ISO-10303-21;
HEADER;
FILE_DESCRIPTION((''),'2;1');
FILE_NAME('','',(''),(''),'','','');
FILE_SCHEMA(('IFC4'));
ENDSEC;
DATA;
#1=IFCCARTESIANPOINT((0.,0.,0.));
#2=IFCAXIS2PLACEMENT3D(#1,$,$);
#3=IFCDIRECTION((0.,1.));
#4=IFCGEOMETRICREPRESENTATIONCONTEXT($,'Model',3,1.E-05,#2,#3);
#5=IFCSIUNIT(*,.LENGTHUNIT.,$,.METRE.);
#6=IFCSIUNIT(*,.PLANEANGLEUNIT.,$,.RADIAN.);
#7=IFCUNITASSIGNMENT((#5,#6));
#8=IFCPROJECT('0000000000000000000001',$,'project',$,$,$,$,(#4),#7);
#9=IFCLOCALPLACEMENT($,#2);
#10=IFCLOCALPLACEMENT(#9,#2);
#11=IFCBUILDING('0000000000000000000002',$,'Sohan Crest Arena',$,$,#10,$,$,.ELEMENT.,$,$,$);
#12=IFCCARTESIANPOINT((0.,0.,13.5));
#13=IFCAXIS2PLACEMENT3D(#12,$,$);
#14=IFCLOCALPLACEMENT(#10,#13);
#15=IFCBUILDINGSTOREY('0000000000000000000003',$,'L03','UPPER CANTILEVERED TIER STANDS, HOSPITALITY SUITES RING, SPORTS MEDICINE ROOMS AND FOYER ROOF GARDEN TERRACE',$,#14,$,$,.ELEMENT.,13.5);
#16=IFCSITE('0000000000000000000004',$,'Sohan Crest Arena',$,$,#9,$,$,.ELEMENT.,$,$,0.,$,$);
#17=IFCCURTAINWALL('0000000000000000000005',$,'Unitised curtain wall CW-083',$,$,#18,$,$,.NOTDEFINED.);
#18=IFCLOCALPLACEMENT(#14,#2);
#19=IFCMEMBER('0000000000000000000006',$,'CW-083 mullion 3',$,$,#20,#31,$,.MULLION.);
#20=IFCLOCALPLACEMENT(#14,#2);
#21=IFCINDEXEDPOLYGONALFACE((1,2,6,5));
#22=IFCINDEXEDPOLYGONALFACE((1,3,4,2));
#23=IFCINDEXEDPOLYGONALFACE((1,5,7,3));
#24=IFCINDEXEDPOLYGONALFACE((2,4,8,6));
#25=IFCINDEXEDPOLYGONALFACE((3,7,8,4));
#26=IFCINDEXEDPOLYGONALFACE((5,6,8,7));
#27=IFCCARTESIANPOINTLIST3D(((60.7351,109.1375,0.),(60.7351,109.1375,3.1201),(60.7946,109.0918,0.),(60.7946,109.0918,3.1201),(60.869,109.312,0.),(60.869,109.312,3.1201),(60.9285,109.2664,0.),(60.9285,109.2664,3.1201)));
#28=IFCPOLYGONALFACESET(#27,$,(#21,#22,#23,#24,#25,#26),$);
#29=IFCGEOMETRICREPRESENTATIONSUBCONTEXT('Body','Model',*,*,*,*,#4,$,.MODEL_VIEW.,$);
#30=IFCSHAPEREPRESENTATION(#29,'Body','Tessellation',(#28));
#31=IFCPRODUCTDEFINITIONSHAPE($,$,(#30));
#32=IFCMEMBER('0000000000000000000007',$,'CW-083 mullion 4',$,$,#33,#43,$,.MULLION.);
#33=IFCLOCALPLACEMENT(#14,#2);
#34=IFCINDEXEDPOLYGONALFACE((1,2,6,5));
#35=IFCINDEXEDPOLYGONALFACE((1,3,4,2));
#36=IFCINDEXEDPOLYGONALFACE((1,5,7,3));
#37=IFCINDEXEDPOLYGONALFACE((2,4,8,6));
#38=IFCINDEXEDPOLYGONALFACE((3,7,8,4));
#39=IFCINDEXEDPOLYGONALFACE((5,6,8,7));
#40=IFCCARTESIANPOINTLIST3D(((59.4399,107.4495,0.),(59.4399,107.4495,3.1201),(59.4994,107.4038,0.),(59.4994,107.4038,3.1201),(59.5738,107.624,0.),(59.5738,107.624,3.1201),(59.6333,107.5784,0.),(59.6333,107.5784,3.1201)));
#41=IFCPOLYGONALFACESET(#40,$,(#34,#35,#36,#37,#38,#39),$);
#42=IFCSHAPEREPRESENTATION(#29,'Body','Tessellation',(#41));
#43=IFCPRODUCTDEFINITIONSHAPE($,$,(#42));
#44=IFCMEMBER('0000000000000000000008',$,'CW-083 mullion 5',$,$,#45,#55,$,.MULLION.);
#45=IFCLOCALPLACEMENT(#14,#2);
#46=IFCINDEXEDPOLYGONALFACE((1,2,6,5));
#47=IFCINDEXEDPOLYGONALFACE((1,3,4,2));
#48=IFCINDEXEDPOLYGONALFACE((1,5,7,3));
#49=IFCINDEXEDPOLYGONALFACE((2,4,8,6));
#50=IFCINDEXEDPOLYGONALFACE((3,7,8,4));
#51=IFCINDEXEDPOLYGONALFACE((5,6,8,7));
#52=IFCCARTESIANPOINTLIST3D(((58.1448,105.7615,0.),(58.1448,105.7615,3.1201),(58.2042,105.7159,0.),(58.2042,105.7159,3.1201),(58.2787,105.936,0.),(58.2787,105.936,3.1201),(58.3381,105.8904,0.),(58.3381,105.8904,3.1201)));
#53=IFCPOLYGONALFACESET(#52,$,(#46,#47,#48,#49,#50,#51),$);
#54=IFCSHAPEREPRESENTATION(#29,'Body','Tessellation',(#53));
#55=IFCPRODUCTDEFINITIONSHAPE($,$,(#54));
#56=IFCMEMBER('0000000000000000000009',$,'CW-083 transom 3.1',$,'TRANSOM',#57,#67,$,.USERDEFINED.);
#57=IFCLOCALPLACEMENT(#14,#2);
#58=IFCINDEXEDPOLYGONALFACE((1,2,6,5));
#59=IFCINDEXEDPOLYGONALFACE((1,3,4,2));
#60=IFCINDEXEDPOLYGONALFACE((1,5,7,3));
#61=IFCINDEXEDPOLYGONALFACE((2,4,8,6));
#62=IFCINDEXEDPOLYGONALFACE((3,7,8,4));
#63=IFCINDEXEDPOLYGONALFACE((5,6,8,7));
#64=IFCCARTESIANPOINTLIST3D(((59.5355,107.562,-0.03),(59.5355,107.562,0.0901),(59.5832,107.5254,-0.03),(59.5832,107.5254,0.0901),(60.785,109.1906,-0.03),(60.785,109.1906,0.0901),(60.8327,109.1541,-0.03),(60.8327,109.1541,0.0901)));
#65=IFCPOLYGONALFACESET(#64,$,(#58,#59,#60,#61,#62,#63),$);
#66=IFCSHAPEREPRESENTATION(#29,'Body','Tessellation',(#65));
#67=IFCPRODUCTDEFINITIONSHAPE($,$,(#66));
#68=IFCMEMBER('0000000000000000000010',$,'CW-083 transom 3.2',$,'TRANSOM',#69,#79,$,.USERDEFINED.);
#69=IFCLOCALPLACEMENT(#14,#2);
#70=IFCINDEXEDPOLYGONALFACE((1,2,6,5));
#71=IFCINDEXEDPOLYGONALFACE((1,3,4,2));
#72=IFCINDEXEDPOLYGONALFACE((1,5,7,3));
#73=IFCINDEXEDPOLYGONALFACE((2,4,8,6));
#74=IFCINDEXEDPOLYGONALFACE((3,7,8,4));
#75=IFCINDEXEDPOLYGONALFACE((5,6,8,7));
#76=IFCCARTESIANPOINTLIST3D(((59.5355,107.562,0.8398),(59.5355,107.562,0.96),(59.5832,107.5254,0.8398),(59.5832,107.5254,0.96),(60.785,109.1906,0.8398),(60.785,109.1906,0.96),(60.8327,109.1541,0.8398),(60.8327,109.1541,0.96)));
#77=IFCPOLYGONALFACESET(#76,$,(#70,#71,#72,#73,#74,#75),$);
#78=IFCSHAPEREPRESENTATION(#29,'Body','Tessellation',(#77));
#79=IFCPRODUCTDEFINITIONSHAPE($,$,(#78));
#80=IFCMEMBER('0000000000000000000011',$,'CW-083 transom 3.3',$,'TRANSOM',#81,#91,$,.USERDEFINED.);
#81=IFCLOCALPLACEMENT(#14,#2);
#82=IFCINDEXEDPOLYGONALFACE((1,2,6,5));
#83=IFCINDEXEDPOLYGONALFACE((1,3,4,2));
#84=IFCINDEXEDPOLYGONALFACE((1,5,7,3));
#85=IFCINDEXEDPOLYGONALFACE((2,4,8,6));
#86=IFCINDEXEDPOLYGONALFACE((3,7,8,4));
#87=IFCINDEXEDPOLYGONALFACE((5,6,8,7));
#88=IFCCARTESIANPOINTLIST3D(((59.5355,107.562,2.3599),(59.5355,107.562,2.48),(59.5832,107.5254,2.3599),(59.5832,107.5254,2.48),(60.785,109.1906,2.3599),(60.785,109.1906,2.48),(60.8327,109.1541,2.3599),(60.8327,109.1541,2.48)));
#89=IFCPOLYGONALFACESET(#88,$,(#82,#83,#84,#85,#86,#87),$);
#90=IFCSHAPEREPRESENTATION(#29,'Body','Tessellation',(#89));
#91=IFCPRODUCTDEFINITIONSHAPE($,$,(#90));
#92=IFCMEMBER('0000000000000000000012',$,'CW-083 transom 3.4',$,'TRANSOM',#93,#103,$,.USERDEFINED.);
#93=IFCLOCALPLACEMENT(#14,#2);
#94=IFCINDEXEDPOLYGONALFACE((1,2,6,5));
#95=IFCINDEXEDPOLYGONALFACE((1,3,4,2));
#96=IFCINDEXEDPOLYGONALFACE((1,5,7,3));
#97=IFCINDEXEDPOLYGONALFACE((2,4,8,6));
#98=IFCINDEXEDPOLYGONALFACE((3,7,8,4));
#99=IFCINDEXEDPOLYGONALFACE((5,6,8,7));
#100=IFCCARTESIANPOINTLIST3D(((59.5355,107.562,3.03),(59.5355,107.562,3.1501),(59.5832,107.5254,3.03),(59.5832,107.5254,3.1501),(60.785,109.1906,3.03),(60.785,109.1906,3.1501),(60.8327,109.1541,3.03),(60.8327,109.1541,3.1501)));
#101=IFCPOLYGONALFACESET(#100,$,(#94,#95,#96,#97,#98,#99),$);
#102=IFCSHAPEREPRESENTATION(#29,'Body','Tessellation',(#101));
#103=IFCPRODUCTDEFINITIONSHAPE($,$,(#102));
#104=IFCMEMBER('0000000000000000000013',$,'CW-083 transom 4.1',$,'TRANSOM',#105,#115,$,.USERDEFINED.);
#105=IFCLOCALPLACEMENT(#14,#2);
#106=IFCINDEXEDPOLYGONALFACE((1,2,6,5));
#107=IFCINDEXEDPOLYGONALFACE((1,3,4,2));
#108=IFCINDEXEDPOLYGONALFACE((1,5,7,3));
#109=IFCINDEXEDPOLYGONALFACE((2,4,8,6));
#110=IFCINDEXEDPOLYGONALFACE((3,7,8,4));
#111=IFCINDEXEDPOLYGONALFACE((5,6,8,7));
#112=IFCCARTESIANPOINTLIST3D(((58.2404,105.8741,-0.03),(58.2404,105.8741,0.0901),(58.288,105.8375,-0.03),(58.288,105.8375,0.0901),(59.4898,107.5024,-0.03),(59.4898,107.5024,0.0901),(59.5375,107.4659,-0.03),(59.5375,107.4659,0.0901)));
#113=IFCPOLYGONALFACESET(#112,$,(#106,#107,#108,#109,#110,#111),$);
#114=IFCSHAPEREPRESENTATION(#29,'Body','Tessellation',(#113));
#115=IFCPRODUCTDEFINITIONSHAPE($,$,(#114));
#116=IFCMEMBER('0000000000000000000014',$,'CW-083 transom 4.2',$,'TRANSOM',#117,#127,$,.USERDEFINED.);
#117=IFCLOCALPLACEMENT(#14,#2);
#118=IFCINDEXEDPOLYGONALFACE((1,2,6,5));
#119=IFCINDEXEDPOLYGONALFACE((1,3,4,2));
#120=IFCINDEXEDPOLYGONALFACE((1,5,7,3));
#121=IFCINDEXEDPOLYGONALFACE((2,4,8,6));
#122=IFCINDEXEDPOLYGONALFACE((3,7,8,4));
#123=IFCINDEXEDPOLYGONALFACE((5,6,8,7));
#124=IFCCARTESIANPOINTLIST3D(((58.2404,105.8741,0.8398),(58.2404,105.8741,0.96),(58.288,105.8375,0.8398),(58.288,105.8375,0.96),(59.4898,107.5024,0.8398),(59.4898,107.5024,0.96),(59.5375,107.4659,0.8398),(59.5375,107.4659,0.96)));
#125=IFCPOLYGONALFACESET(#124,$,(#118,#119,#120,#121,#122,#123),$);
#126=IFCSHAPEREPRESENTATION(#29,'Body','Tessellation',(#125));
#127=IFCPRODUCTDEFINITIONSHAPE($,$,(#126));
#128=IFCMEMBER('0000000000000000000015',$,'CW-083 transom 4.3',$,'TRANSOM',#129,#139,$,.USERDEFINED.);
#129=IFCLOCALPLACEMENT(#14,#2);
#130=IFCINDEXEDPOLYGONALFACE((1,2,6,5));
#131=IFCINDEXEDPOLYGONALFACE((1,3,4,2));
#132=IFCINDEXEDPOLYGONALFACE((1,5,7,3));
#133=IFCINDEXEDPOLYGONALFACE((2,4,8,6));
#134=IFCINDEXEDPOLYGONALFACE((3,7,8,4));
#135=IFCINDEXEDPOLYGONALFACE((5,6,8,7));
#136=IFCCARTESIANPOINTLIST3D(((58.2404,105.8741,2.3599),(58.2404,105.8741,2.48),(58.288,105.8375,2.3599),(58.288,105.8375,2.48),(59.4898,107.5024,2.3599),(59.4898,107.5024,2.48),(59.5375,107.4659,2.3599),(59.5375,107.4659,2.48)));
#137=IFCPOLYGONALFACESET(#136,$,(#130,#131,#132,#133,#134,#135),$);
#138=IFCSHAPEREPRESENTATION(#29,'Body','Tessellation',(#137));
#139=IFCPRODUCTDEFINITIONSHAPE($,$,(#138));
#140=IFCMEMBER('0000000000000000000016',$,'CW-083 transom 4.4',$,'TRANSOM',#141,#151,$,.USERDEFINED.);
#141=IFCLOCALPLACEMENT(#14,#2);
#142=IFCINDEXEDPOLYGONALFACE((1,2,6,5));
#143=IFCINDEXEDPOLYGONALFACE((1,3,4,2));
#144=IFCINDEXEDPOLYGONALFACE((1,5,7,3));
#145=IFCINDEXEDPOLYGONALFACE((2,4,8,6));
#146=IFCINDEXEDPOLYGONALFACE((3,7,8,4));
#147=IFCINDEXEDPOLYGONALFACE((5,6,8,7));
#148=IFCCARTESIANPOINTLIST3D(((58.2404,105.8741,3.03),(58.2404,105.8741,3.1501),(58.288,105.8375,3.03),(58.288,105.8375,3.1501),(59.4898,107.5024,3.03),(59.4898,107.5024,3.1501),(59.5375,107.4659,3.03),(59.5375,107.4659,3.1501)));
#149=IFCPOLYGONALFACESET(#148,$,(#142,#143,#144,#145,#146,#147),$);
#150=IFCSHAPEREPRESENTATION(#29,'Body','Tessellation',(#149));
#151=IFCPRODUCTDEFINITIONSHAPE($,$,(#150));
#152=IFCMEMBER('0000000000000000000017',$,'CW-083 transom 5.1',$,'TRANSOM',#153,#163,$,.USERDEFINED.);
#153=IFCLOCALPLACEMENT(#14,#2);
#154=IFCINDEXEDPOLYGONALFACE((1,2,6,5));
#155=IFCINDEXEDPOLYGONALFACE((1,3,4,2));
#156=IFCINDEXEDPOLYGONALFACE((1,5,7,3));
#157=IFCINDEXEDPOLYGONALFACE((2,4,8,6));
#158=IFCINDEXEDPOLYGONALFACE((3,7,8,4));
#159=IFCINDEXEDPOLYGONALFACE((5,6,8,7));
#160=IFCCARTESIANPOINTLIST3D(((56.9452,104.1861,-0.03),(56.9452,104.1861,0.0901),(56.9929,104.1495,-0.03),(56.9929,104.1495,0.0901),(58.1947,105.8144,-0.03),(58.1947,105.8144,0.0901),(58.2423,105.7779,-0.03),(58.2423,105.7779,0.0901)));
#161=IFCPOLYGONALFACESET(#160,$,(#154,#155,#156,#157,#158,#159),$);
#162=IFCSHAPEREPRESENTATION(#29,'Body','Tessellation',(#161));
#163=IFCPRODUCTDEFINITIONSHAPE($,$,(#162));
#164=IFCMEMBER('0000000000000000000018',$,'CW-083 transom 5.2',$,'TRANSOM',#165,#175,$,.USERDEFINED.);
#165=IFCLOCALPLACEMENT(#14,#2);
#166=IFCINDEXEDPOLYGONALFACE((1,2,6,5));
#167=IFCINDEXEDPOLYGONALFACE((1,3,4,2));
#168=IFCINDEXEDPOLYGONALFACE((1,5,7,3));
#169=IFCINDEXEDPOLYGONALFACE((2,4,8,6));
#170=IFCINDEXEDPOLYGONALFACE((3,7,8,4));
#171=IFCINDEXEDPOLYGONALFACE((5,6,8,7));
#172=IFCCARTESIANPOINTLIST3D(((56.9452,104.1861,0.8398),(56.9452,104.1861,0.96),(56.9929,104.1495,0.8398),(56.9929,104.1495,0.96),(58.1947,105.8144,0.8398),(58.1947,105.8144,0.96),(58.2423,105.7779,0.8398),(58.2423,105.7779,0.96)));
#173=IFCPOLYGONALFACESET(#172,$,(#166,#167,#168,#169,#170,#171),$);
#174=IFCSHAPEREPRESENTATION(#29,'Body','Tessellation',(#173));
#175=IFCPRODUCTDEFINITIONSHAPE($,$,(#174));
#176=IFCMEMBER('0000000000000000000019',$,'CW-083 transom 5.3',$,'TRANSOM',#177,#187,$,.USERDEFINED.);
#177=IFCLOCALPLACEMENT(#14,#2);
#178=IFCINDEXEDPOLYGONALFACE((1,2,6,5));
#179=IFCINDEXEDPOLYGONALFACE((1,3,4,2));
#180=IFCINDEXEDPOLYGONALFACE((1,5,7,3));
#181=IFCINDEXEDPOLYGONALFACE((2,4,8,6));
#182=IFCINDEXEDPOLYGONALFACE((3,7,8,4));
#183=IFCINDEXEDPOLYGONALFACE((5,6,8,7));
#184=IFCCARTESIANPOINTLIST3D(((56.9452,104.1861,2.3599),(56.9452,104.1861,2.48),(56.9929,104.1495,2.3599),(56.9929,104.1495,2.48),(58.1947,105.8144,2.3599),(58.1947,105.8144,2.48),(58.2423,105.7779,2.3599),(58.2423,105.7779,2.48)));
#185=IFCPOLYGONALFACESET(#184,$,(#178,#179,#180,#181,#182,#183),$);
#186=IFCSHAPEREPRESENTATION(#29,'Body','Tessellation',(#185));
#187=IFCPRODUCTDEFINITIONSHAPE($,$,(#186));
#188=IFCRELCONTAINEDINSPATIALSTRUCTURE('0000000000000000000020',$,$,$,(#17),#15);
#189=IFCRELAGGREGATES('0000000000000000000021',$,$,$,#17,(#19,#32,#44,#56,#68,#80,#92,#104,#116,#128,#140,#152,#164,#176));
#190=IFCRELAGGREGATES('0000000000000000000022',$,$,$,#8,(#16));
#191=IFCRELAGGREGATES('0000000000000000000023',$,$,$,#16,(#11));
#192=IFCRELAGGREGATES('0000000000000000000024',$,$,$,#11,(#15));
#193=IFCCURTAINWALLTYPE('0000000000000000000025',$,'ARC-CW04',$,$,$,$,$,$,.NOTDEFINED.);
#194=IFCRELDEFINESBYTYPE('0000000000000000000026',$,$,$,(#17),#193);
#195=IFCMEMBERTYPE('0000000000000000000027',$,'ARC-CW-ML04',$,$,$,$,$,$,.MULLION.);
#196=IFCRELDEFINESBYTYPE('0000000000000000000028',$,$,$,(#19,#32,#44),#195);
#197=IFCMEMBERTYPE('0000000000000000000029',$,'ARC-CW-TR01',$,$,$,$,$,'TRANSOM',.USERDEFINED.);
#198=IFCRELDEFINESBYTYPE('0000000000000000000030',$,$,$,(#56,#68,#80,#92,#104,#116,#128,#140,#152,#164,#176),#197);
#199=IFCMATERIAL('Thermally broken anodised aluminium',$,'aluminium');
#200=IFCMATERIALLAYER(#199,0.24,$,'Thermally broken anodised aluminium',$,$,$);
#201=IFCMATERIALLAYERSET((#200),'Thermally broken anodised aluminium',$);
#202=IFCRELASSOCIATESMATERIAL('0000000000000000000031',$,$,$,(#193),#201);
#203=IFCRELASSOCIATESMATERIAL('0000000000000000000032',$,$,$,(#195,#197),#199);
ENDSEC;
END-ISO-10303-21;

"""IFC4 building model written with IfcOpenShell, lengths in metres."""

from ifc_helpers import new_model, si_unit, direction, frame, origin, origin_2d, place, context, subcontext, project, spatial, rectangle, extrude, material, layer, layer_set, material_profile, profile_set, type_object, element, aggregate, save


model = new_model("IFC4")

# Units and contexts
model_context = context("Model", 3, precision=1e-05, world=origin(), true_north=direction((0.0, 1.0)))
body_context = subcontext(model_context, "Body", "Model", "MODEL_VIEW")
ifc_project = project(units=[si_unit("LENGTHUNIT", "METRE"), si_unit("PLANEANGLEUNIT", "RADIAN")], contexts=[model_context])

# Site, building, storey
site_placement = place(None, origin())
site = spatial("IfcSite", under=ifc_project, at=site_placement, Name="Sohan Crest Arena", CompositionType="ELEMENT", RefElevation=0.0)
building_placement = place(site_placement, origin())
building = spatial("IfcBuilding", under=site, at=building_placement, Name="Sohan Crest Arena", CompositionType="ELEMENT")
storey_placement = place(building_placement, frame((0.0, 0.0, 13.5)))
storey = spatial("IfcBuildingStorey", under=building, at=storey_placement, Name="L03", Description="UPPER CANTILEVERED TIER STANDS, HOSPITALITY SUITES RING, SPORTS MEDICINE ROOMS AND FOYER ROOF GARDEN TERRACE", CompositionType="ELEMENT", Elevation=13.5)

# Curtain wall, members
ifc_material_1 = material(Name="Thermally broken anodised aluminium", Category="aluminium")
ifc_layer_1 = layer(ifc_material_1, 0.24, Name="Thermally broken anodised aluminium")
ifc_layer_set_1 = layer_set([ifc_layer_1], Name="Thermally broken anodised aluminium")
curtain_wall_type = type_object("IfcCurtainWallType", Name="ARC-CW04", PredefinedType="NOTDEFINED", material=ifc_layer_set_1)
curtain_wall_placement = place(storey_placement, origin())
curtain_wall = element("IfcCurtainWall", 1, at=curtain_wall_placement, inside=storey, type_object=curtain_wall_type, Name="Unitised curtain wall CW-083", PredefinedType="NOTDEFINED")
ifc_material_profile_1 = material_profile(ifc_material_1, rectangle(XDim=0.075, YDim=0.22, at=origin_2d()), Name="ALU-MULL 75x220")
ifc_profile_set_1 = profile_set([ifc_material_profile_1], Name="Thermally broken anodised aluminium")
member_type_1 = type_object("IfcMemberType", Name="ARC-CW-ML04", PredefinedType="MULLION", material=ifc_profile_set_1)
member_1_placement = place(storey_placement, frame((60.8318, 109.2019, 0.0), z_axis=(0.0, 0.0, 1.0), x_axis=(0.793372, -0.608737, 0.0)))
member_1 = element("IfcMember", 2, at=member_1_placement, type_object=member_type_1, Name="CW-083 mullion 3", PredefinedType="MULLION", context=body_context, shape_type="SweptSolid", body=[
    extrude(rectangle(XDim=0.075, YDim=0.22, at=origin_2d()), origin(), (0.0, 0.0, 1.0), 3.1201),
])
member_2_placement = place(storey_placement, frame((59.5366, 107.5139, 0.0), z_axis=(0.0, 0.0, 1.0), x_axis=(0.793372, -0.608737, 0.0)))
member_2 = element("IfcMember", 3, at=member_2_placement, type_object=member_type_1, Name="CW-083 mullion 4", PredefinedType="MULLION", context=body_context, shape_type="SweptSolid", body=[
    extrude(rectangle(XDim=0.075, YDim=0.22, at=origin_2d()), origin(), (0.0, 0.0, 1.0), 3.1201),
])
member_3_placement = place(storey_placement, frame((58.2415, 105.8259, 0.0), z_axis=(0.0, 0.0, 1.0), x_axis=(0.793372, -0.608737, 0.0)))
member_3 = element("IfcMember", 4, at=member_3_placement, type_object=member_type_1, Name="CW-083 mullion 5", PredefinedType="MULLION", context=body_context, shape_type="SweptSolid", body=[
    extrude(rectangle(XDim=0.075, YDim=0.22, at=origin_2d()), origin(), (0.0, 0.0, 1.0), 3.1201),
])
ifc_material_profile_2 = material_profile(ifc_material_1, rectangle(XDim=0.0601, YDim=0.1201, at=origin_2d()), Name="ALU-TRAN 60x120")
ifc_profile_set_2 = profile_set([ifc_material_profile_2], Name="Thermally broken anodised aluminium")
member_type_2 = type_object("IfcMemberType", Name="ARC-CW-TR01", ElementType="TRANSOM", PredefinedType="USERDEFINED", material=ifc_profile_set_2)
member_4_placement = place(storey_placement, frame((60.8088, 109.1724, 0.03), z_axis=(-0.608699, -0.793401, 0.0), x_axis=(0.793401, -0.608699, 0.0)))
member_4 = element("IfcMember", 5, at=member_4_placement, type_object=member_type_2, Name="CW-083 transom 3.1", ObjectType="TRANSOM", PredefinedType="USERDEFINED", context=body_context, shape_type="SweptSolid", body=[
    extrude(rectangle(XDim=0.0601, YDim=0.1201, at=origin_2d()), origin(), (0.0, 0.0, 1.0), 2.0527),
])
member_5_placement = place(storey_placement, frame((60.8088, 109.1724, 0.8999), z_axis=(-0.608699, -0.793401, 0.0), x_axis=(0.793401, -0.608699, 0.0)))
member_5 = element("IfcMember", 6, at=member_5_placement, type_object=member_type_2, Name="CW-083 transom 3.2", ObjectType="TRANSOM", PredefinedType="USERDEFINED", context=body_context, shape_type="SweptSolid", body=[
    extrude(rectangle(XDim=0.0601, YDim=0.1201, at=origin_2d()), origin(), (0.0, 0.0, 1.0), 2.0527),
])
member_6_placement = place(storey_placement, frame((60.8088, 109.1724, 2.4199), z_axis=(-0.608699, -0.793401, 0.0), x_axis=(0.793401, -0.608699, 0.0)))
member_6 = element("IfcMember", 7, at=member_6_placement, type_object=member_type_2, Name="CW-083 transom 3.3", ObjectType="TRANSOM", PredefinedType="USERDEFINED", context=body_context, shape_type="SweptSolid", body=[
    extrude(rectangle(XDim=0.0601, YDim=0.1201, at=origin_2d()), origin(), (0.0, 0.0, 1.0), 2.0527),
])
member_7_placement = place(storey_placement, frame((60.8088, 109.1724, 3.0901), z_axis=(-0.608699, -0.793401, 0.0), x_axis=(0.793401, -0.608699, 0.0)))
member_7 = element("IfcMember", 8, at=member_7_placement, type_object=member_type_2, Name="CW-083 transom 3.4", ObjectType="TRANSOM", PredefinedType="USERDEFINED", context=body_context, shape_type="SweptSolid", body=[
    extrude(rectangle(XDim=0.0601, YDim=0.1201, at=origin_2d()), origin(), (0.0, 0.0, 1.0), 2.0527),
])
member_8_placement = place(storey_placement, frame((59.5137, 107.4841, 0.03), z_axis=(-0.608756, -0.793357, 0.0), x_axis=(0.793357, -0.608756, 0.0)))
member_8 = element("IfcMember", 9, at=member_8_placement, type_object=member_type_2, Name="CW-083 transom 4.1", ObjectType="TRANSOM", PredefinedType="USERDEFINED", context=body_context, shape_type="SweptSolid", body=[
    extrude(rectangle(XDim=0.0601, YDim=0.1201, at=origin_2d()), origin(), (0.0, 0.0, 1.0), 2.0525),
])
member_9_placement = place(storey_placement, frame((59.5137, 107.4841, 0.8999), z_axis=(-0.608756, -0.793357, 0.0), x_axis=(0.793357, -0.608756, 0.0)))
member_9 = element("IfcMember", 10, at=member_9_placement, type_object=member_type_2, Name="CW-083 transom 4.2", ObjectType="TRANSOM", PredefinedType="USERDEFINED", context=body_context, shape_type="SweptSolid", body=[
    extrude(rectangle(XDim=0.0601, YDim=0.1201, at=origin_2d()), origin(), (0.0, 0.0, 1.0), 2.0525),
])
member_10_placement = place(storey_placement, frame((59.5137, 107.4841, 2.4199), z_axis=(-0.608756, -0.793357, 0.0), x_axis=(0.793357, -0.608756, 0.0)))
member_10 = element("IfcMember", 11, at=member_10_placement, type_object=member_type_2, Name="CW-083 transom 4.3", ObjectType="TRANSOM", PredefinedType="USERDEFINED", context=body_context, shape_type="SweptSolid", body=[
    extrude(rectangle(XDim=0.0601, YDim=0.1201, at=origin_2d()), origin(), (0.0, 0.0, 1.0), 2.0525),
])
member_11_placement = place(storey_placement, frame((59.5137, 107.4841, 3.0901), z_axis=(-0.608756, -0.793357, 0.0), x_axis=(0.793357, -0.608756, 0.0)))
member_11 = element("IfcMember", 12, at=member_11_placement, type_object=member_type_2, Name="CW-083 transom 4.4", ObjectType="TRANSOM", PredefinedType="USERDEFINED", context=body_context, shape_type="SweptSolid", body=[
    extrude(rectangle(XDim=0.0601, YDim=0.1201, at=origin_2d()), origin(), (0.0, 0.0, 1.0), 2.0525),
])
member_12_placement = place(storey_placement, frame((58.2185, 105.7961, 0.03), z_axis=(-0.608756, -0.793357, 0.0), x_axis=(0.793357, -0.608756, 0.0)))
member_12 = element("IfcMember", 13, at=member_12_placement, type_object=member_type_2, Name="CW-083 transom 5.1", ObjectType="TRANSOM", PredefinedType="USERDEFINED", context=body_context, shape_type="SweptSolid", body=[
    extrude(rectangle(XDim=0.0601, YDim=0.1201, at=origin_2d()), origin(), (0.0, 0.0, 1.0), 2.0525),
])
member_13_placement = place(storey_placement, frame((58.2185, 105.7961, 0.8999), z_axis=(-0.608756, -0.793357, 0.0), x_axis=(0.793357, -0.608756, 0.0)))
member_13 = element("IfcMember", 14, at=member_13_placement, type_object=member_type_2, Name="CW-083 transom 5.2", ObjectType="TRANSOM", PredefinedType="USERDEFINED", context=body_context, shape_type="SweptSolid", body=[
    extrude(rectangle(XDim=0.0601, YDim=0.1201, at=origin_2d()), origin(), (0.0, 0.0, 1.0), 2.0525),
])
member_14_placement = place(storey_placement, frame((58.2185, 105.7961, 2.4199), z_axis=(-0.608756, -0.793357, 0.0), x_axis=(0.793357, -0.608756, 0.0)))
member_14 = element("IfcMember", 15, at=member_14_placement, type_object=member_type_2, Name="CW-083 transom 5.3", ObjectType="TRANSOM", PredefinedType="USERDEFINED", context=body_context, shape_type="SweptSolid", body=[
    extrude(rectangle(XDim=0.0601, YDim=0.1201, at=origin_2d()), origin(), (0.0, 0.0, 1.0), 2.0525),
])
aggregate(curtain_wall, [member_1, member_2, member_3, member_4, member_5, member_6, member_7, member_8, member_9, member_10, member_11, member_12, member_13, member_14])

save(model, "model.ifc")
